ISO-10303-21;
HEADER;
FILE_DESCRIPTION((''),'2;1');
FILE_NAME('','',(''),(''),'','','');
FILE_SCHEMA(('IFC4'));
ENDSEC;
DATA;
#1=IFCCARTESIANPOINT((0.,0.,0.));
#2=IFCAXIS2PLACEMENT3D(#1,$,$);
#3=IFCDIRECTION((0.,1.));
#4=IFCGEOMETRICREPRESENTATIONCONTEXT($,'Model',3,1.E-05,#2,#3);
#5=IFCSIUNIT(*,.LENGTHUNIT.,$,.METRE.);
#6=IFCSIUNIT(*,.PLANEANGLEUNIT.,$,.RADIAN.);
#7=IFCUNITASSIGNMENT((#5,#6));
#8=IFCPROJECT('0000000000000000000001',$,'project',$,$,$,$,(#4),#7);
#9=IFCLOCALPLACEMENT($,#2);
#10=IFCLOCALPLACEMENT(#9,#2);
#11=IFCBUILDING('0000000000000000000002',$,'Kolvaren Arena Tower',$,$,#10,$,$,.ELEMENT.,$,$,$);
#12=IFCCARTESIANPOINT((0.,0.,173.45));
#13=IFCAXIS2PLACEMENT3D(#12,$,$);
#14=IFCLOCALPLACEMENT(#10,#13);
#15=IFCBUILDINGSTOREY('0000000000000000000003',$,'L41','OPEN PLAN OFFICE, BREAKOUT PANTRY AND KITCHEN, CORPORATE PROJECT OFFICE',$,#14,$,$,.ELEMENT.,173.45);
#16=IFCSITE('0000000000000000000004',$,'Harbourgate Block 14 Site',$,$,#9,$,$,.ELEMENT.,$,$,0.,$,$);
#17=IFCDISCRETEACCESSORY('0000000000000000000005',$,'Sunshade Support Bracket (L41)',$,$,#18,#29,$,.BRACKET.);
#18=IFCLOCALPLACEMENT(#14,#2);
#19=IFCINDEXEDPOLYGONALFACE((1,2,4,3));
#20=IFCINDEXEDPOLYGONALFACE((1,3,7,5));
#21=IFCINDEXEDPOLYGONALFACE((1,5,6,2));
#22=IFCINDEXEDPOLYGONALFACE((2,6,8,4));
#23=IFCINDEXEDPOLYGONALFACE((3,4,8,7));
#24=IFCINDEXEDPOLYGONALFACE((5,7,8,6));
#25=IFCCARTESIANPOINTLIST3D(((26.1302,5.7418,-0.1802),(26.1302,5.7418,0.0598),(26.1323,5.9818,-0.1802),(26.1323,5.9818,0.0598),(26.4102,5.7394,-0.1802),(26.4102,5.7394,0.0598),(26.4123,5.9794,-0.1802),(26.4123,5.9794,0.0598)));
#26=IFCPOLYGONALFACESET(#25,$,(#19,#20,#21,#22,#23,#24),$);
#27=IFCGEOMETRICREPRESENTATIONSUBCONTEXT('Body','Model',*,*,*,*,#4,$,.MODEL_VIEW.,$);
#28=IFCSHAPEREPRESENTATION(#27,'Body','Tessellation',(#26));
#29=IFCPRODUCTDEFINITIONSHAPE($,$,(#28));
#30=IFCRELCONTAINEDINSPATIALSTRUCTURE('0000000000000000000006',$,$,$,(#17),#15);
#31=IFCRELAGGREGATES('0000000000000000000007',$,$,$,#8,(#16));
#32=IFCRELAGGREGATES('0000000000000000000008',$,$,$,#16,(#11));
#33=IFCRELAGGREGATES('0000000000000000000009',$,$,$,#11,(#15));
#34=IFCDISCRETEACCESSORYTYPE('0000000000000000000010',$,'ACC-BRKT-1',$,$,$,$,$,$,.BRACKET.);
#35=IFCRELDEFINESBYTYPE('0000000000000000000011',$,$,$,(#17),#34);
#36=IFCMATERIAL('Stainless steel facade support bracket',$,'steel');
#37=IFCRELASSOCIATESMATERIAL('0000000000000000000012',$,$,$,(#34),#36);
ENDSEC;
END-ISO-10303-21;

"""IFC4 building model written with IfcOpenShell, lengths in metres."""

from ifc_helpers import new_model, si_unit, direction, frame, origin, origin_2d, place, context, subcontext, project, spatial, rectangle, extrude, material, type_object, element, save


model = new_model("IFC4")

# Units and contexts
model_context = context("Model", 3, precision=1e-05, world=origin(), true_north=direction((0.0, 1.0)))
body_context = subcontext(model_context, "Body", "Model", "MODEL_VIEW")
ifc_project = project(units=[si_unit("LENGTHUNIT", "METRE"), si_unit("PLANEANGLEUNIT", "RADIAN")], contexts=[model_context])

# Site, building, storey
site_placement = place(None, origin())
site = spatial("IfcSite", under=ifc_project, at=site_placement, Name="Harbourgate Block 14 Site", CompositionType="ELEMENT", RefElevation=0.0)
building_placement = place(site_placement, origin())
building = spatial("IfcBuilding", under=site, at=building_placement, Name="Kolvaren Arena Tower", CompositionType="ELEMENT")
storey_placement = place(building_placement, frame((0.0, 0.0, 173.45)))
storey = spatial("IfcBuildingStorey", under=building, at=storey_placement, Name="L41", Description="OPEN PLAN OFFICE, BREAKOUT PANTRY AND KITCHEN, CORPORATE PROJECT OFFICE", CompositionType="ELEMENT", Elevation=173.45)

# Discrete accessory
ifc_material_1 = material(Name="Stainless steel facade support bracket", Category="steel")
discrete_accessory_type = type_object("IfcDiscreteAccessoryType", Name="ACC-BRKT-1", PredefinedType="BRACKET", material=ifc_material_1)
discrete_accessory_placement = place(storey_placement, frame((26.2712, 5.8606, -0.1802), z_axis=(0.0, 0.0, 1.0), x_axis=(-0.999962, 0.008727, 0.0)))
element("IfcDiscreteAccessory", 1, at=discrete_accessory_placement, inside=storey, type_object=discrete_accessory_type, Name="Sunshade Support Bracket (L41)", PredefinedType="BRACKET", context=body_context, shape_type="SweptSolid", body=[
    extrude(rectangle(XDim=0.28, YDim=0.24, at=origin_2d()), origin(), (0.0, 0.0, 1.0), 0.24),
])

save(model, "model.ifc")
